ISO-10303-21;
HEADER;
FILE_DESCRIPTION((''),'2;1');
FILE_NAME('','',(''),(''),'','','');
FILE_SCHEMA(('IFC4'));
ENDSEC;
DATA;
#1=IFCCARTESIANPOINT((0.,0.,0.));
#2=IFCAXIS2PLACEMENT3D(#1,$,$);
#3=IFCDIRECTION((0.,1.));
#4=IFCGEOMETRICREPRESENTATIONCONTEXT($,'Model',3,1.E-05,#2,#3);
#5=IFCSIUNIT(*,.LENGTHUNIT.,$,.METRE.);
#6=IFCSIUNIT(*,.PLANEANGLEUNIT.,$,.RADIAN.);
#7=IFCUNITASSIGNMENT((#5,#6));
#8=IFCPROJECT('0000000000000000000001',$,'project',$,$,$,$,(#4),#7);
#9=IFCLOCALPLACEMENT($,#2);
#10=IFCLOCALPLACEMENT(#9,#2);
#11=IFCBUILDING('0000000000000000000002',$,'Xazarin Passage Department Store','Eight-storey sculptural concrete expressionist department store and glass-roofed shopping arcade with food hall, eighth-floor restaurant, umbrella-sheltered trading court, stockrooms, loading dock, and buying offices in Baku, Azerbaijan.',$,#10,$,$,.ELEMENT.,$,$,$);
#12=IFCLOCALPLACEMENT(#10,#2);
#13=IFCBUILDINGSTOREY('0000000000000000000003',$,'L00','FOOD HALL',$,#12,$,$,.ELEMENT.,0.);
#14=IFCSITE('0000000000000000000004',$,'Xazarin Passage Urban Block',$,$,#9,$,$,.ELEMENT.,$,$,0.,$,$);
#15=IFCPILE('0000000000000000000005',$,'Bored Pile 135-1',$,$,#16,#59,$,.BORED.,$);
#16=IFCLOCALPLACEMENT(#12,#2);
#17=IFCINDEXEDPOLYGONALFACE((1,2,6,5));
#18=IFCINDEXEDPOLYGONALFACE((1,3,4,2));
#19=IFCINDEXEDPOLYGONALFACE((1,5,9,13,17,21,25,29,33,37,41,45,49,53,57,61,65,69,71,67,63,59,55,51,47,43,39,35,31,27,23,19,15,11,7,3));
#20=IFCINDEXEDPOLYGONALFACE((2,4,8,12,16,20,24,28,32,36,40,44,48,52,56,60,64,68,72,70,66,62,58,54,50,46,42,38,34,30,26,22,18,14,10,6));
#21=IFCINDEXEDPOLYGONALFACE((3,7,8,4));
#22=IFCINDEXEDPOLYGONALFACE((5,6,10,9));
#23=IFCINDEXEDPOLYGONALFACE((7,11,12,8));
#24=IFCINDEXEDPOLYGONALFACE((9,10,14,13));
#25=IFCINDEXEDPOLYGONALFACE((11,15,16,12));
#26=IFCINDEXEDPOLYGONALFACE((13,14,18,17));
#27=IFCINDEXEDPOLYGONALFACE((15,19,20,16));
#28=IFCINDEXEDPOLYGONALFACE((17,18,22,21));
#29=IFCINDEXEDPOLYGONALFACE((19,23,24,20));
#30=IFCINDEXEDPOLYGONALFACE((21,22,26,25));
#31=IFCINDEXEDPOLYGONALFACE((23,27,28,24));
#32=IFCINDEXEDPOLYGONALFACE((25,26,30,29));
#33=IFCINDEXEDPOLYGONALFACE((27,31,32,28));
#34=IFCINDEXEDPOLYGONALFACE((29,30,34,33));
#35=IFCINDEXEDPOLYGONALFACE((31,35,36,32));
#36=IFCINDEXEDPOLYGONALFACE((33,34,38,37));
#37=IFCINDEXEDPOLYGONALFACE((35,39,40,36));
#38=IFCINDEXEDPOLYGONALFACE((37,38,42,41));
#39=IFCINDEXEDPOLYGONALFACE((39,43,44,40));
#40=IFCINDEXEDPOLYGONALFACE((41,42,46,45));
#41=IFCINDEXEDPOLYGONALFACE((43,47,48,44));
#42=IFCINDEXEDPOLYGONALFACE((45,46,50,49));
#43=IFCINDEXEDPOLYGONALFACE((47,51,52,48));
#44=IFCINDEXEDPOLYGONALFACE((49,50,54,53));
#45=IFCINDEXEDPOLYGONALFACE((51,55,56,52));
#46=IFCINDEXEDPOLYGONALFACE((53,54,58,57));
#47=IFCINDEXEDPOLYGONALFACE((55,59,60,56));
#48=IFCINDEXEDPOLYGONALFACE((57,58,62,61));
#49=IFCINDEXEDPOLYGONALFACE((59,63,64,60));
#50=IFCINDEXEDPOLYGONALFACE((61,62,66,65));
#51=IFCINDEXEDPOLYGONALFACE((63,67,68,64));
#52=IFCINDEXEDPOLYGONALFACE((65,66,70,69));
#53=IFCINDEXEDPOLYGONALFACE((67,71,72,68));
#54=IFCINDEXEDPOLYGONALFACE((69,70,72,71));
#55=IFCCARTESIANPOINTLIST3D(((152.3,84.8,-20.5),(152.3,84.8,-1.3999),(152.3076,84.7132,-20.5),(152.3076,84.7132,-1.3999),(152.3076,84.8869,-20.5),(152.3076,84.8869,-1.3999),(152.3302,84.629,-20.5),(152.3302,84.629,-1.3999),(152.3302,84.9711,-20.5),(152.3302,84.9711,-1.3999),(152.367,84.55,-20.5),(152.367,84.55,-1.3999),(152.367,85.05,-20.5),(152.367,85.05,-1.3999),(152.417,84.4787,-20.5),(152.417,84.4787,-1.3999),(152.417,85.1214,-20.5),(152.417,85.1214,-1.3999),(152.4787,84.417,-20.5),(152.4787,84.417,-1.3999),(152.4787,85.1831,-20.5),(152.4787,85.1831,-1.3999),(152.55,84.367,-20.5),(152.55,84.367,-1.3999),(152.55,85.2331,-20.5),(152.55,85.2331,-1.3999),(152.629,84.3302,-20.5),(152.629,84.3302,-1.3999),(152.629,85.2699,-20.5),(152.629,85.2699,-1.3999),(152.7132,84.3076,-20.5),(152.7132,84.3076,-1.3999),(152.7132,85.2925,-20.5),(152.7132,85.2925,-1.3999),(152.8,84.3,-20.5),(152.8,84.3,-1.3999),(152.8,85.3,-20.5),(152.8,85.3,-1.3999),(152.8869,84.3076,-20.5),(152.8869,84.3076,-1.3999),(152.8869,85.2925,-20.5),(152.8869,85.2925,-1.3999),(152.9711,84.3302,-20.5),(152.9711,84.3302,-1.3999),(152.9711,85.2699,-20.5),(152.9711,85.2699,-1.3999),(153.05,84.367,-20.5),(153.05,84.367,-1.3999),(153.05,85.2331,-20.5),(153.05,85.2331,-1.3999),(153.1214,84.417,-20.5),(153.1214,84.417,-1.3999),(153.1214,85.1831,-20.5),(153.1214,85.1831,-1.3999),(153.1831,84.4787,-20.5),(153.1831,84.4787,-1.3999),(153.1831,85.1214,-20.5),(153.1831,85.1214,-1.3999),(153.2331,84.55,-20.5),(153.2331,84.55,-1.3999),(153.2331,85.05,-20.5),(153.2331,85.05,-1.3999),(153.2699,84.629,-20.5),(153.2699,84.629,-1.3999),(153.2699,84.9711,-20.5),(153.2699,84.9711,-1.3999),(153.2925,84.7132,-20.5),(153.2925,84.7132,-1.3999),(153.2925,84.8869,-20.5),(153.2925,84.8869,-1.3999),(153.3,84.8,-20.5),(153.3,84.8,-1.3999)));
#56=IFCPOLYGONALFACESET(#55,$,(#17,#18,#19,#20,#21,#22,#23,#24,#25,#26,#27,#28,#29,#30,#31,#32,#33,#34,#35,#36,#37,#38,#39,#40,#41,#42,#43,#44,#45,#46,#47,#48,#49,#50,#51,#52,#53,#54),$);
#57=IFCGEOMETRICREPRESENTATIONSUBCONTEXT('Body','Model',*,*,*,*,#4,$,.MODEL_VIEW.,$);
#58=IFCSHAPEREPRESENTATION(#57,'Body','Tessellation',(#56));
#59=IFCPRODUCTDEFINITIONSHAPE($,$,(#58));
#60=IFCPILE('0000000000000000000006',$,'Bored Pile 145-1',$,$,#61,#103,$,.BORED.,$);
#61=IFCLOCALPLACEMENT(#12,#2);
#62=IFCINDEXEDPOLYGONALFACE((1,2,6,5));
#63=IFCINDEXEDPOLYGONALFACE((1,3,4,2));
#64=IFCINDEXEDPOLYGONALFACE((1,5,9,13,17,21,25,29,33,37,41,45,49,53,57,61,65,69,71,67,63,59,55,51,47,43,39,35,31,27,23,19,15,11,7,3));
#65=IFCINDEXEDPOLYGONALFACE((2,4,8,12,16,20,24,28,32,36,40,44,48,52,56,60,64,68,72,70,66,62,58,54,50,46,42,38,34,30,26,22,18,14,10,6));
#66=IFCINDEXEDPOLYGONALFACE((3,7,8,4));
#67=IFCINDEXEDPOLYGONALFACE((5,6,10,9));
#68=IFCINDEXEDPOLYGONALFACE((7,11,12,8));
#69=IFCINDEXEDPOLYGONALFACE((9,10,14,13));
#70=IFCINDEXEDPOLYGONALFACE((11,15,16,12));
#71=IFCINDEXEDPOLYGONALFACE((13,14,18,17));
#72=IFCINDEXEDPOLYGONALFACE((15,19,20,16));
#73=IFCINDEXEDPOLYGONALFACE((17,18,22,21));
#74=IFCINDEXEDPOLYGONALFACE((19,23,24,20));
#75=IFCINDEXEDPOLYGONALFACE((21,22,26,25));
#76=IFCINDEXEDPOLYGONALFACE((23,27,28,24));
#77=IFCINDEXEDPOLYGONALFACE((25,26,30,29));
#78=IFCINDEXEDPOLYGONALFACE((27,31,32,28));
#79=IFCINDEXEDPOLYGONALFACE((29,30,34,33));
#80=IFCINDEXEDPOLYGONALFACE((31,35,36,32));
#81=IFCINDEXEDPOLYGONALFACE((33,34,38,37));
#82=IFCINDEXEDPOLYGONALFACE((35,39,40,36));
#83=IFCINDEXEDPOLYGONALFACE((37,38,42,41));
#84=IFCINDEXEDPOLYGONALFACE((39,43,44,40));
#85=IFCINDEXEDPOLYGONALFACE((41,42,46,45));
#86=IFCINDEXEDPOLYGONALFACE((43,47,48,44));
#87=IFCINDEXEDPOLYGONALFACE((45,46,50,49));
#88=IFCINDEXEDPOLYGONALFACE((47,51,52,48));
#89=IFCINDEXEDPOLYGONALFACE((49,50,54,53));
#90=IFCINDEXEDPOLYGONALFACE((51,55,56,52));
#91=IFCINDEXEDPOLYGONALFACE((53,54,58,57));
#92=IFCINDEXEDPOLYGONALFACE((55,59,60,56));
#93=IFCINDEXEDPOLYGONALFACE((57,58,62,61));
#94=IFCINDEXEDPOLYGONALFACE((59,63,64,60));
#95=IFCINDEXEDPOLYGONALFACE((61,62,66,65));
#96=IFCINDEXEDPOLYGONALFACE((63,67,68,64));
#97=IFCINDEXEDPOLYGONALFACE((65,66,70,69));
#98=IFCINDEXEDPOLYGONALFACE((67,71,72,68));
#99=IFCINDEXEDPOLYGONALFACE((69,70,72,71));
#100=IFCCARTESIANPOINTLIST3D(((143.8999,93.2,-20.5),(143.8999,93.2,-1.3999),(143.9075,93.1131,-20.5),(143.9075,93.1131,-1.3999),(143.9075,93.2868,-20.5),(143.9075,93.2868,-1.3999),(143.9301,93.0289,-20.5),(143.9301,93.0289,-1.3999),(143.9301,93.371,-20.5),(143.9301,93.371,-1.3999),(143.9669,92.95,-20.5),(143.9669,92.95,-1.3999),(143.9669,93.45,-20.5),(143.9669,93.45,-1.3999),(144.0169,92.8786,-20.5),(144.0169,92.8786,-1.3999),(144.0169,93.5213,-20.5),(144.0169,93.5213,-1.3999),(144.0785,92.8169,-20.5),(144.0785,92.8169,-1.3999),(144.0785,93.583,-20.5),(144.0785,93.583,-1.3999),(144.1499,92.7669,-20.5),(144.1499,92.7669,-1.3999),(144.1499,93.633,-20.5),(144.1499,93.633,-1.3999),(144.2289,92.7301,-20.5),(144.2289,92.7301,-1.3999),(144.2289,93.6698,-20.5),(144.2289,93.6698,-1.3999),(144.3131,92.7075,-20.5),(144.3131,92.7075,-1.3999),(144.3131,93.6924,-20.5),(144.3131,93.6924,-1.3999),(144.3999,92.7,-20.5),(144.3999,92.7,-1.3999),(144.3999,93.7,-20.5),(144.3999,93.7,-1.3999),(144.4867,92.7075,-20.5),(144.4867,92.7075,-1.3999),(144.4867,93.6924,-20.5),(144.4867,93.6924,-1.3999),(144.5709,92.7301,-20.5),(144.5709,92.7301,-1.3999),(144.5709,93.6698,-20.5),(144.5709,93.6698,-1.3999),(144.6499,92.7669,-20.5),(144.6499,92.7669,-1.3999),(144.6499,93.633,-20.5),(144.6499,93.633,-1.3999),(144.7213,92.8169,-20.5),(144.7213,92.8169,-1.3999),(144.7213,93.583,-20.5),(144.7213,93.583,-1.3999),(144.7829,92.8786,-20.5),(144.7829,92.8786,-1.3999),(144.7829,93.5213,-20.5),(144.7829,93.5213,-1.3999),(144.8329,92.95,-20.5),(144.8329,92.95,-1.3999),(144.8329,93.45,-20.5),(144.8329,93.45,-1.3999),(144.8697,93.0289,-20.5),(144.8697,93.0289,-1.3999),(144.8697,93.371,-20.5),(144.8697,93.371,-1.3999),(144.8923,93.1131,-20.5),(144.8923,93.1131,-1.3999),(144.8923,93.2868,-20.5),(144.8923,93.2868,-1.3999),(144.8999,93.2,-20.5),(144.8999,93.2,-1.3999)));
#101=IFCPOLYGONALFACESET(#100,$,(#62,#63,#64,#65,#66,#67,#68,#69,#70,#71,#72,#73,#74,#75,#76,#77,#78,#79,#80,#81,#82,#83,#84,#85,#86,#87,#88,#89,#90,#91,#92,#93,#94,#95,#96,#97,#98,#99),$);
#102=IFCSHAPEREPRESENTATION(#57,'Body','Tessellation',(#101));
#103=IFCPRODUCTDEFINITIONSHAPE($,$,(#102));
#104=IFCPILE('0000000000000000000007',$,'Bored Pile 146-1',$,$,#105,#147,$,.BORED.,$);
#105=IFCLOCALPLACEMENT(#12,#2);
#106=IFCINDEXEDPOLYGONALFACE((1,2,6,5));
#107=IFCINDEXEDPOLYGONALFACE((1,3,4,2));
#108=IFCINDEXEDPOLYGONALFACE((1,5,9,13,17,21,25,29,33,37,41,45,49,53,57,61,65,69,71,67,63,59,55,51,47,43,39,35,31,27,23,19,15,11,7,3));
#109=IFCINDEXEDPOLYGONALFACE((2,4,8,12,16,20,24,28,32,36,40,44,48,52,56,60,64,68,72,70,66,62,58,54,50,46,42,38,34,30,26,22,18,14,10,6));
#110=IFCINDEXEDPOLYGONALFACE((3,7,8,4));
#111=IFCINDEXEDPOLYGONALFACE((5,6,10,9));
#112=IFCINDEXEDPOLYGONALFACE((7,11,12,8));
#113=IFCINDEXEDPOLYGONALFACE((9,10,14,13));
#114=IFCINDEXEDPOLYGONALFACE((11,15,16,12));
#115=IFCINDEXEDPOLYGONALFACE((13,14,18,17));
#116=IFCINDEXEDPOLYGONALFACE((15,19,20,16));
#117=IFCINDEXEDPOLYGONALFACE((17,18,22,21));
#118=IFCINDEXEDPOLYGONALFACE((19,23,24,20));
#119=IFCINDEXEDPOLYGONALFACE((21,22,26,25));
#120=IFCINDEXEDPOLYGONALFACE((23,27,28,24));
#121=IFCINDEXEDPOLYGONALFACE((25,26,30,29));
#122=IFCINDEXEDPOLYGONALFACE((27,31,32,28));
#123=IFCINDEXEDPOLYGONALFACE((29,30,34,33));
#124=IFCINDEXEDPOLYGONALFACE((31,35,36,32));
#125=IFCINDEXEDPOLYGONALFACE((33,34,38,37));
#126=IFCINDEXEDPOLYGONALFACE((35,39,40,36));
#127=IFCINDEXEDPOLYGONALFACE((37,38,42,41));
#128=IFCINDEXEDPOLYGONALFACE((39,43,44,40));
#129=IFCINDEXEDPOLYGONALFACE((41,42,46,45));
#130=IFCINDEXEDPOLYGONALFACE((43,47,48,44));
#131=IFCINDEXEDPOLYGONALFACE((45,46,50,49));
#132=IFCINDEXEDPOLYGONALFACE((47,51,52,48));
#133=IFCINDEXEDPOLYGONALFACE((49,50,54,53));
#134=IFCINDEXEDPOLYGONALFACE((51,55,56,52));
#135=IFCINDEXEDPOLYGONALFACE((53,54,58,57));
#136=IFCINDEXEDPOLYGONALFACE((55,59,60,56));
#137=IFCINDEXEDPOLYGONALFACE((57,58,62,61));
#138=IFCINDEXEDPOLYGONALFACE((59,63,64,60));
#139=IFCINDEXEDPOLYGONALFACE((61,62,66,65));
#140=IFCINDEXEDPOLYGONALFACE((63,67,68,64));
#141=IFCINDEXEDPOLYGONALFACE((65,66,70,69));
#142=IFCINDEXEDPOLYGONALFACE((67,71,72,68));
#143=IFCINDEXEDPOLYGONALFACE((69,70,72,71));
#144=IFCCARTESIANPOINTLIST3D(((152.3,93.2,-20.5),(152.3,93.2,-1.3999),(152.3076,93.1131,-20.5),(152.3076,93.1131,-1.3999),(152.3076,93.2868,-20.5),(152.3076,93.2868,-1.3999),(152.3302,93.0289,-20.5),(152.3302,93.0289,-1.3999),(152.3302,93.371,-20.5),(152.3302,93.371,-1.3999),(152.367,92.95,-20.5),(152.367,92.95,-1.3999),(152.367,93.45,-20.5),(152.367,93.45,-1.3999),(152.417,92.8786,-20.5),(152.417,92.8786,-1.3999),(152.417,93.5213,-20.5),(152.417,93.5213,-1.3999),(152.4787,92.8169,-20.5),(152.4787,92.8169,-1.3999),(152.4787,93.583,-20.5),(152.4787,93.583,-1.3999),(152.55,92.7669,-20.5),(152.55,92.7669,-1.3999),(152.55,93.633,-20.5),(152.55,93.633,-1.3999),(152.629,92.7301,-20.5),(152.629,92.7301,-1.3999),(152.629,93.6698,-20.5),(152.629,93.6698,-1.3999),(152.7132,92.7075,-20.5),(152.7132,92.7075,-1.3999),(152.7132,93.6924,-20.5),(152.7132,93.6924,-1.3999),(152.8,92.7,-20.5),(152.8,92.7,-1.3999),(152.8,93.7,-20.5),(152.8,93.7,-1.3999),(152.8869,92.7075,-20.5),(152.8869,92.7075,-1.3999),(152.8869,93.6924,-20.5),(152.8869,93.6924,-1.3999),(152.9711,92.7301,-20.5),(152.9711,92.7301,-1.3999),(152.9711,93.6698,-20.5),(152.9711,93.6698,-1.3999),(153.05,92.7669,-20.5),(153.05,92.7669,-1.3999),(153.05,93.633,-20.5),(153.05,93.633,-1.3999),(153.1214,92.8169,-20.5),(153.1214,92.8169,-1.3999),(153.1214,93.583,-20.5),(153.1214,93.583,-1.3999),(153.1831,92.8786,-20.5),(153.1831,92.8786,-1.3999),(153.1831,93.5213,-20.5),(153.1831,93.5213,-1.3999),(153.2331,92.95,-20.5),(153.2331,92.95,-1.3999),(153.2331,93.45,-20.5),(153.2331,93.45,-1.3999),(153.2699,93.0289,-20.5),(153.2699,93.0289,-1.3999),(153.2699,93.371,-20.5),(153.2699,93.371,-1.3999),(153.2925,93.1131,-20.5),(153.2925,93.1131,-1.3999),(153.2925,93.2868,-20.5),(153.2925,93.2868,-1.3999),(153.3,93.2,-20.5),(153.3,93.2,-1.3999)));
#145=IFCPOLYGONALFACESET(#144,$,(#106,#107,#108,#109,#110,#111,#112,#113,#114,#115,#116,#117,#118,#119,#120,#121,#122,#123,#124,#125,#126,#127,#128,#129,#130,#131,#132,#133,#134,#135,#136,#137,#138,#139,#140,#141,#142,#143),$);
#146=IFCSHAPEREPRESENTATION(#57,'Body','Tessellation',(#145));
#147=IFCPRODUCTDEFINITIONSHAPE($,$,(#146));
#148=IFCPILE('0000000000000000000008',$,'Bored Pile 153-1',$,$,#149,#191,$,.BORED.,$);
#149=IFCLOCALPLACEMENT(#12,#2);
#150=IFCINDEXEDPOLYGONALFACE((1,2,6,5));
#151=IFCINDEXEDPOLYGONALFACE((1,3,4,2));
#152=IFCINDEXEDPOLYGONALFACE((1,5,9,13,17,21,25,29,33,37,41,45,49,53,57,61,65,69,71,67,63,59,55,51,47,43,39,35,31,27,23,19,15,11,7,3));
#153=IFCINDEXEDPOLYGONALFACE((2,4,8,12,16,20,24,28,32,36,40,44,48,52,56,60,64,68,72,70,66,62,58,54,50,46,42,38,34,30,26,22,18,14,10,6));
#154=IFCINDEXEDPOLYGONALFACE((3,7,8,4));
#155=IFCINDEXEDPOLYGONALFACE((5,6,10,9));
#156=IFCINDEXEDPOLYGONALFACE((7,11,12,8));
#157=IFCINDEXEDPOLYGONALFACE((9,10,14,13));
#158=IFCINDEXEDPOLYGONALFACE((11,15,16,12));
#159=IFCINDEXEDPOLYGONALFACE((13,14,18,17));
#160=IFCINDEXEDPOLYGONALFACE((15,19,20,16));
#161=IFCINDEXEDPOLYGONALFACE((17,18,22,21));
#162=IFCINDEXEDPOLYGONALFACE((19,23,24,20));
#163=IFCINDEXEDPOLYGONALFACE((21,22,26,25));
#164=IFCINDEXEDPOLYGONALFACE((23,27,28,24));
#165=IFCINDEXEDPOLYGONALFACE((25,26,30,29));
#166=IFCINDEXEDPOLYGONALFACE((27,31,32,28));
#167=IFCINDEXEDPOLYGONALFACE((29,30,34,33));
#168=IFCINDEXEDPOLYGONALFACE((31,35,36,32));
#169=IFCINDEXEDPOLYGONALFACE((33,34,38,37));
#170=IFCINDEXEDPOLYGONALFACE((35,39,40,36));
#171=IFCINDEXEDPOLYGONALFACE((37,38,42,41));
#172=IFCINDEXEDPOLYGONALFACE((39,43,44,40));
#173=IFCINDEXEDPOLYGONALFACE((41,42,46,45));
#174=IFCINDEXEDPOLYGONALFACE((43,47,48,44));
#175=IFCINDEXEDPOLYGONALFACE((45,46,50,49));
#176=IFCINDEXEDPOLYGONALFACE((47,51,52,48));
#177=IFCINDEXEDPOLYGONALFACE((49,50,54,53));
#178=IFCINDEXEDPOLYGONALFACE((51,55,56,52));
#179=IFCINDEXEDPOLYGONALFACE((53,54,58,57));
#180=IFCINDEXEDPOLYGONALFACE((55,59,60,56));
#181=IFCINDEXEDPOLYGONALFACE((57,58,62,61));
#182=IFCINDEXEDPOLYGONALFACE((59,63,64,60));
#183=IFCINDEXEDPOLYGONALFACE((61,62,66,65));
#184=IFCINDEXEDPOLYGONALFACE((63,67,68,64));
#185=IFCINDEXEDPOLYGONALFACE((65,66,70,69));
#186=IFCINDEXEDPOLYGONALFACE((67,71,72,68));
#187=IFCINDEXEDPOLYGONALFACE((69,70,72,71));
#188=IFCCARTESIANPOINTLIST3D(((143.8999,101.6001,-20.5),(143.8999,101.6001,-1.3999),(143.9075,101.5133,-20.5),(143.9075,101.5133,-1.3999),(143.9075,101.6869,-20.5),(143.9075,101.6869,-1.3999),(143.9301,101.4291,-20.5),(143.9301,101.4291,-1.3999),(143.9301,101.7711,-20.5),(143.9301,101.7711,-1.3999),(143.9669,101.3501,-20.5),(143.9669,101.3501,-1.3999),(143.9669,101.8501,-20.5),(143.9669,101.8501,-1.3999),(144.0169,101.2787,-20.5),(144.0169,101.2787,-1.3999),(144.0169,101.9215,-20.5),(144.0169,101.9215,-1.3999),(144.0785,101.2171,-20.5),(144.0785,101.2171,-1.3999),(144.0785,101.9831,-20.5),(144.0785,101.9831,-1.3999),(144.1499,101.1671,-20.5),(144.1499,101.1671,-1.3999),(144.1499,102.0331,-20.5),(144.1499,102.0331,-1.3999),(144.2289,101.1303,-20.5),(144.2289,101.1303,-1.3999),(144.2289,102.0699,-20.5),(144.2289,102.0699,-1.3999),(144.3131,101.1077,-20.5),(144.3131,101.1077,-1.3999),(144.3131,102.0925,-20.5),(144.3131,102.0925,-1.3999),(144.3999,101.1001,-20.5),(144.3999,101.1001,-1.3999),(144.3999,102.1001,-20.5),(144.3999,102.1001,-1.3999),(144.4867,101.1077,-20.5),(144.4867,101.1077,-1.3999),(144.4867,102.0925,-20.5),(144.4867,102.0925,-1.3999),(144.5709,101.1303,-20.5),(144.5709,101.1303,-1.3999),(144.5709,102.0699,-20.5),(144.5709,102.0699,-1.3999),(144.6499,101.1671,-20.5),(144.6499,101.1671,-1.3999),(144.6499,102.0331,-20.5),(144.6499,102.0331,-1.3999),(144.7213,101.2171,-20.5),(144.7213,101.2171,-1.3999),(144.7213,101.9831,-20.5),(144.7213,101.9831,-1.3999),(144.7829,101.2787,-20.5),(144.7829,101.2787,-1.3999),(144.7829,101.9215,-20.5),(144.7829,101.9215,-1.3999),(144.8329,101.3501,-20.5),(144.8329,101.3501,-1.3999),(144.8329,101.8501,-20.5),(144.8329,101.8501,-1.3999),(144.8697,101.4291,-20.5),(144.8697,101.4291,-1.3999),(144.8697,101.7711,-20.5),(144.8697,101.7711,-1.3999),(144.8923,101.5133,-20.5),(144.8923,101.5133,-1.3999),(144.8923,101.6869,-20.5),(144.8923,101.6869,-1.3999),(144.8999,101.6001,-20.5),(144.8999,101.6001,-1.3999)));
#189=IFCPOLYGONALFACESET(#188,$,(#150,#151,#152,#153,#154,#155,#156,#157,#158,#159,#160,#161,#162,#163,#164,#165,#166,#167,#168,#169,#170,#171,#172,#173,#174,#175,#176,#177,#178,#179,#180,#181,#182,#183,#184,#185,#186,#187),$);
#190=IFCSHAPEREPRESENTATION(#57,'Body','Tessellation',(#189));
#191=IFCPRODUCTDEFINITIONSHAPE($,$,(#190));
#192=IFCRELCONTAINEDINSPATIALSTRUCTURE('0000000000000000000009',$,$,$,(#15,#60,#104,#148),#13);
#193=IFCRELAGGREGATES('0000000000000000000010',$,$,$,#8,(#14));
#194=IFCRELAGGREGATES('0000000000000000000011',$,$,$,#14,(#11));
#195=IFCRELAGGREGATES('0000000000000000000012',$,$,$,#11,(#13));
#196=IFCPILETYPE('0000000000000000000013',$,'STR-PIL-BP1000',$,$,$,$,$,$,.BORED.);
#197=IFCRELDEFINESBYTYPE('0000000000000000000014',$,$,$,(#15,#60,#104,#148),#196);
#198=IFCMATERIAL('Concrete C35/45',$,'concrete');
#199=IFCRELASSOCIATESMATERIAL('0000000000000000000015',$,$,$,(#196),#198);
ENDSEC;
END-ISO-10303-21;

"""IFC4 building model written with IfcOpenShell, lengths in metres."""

from ifc_helpers import new_model, si_unit, direction, frame, origin, origin_2d, place, context, subcontext, project, spatial, circle, extrude, material, material_profile, profile_set, type_object, element, save


model = new_model("IFC4")

# Units and contexts
model_context = context("Model", 3, precision=1e-05, world=origin(), true_north=direction((0.0, 1.0)))
body_context = subcontext(model_context, "Body", "Model", "MODEL_VIEW")
ifc_project = project(units=[si_unit("LENGTHUNIT", "METRE"), si_unit("PLANEANGLEUNIT", "RADIAN")], contexts=[model_context])

# Site, building, storey
site_placement = place(None, origin())
site = spatial("IfcSite", under=ifc_project, at=site_placement, Name="Xazarin Passage Urban Block", CompositionType="ELEMENT", RefElevation=0.0)
building_placement = place(site_placement, origin())
building = spatial("IfcBuilding", under=site, at=building_placement, Name="Xazarin Passage Department Store", Description="Eight-storey sculptural concrete expressionist department store and glass-roofed shopping arcade with food hall, eighth-floor restaurant, umbrella-sheltered trading court, stockrooms, loading dock, and buying offices in Baku, Azerbaijan.", CompositionType="ELEMENT")
storey_placement = place(building_placement, origin())
storey = spatial("IfcBuildingStorey", under=building, at=storey_placement, Name="L00", Description="FOOD HALL", CompositionType="ELEMENT", Elevation=0.0)

# Shared definitions
ifc_material_1 = material(Name="Concrete C35/45", Category="concrete")

# Piles
ifc_material_profile_1 = material_profile(ifc_material_1, circle(Radius=0.5, at=origin_2d()), Name="BP 1000")
ifc_profile_set_1 = profile_set([ifc_material_profile_1], Name="Concrete C35/45")
pile_type_1 = type_object("IfcPileType", Name="STR-PIL-BP1000", PredefinedType="BORED", material=ifc_profile_set_1)
for number, where, z_axis, x_axis, name in (
    (1, (152.8, 84.8, -1.3999), (0.0, 0.0, -1.0), (1.0, 0.0, 0.0), "Bored Pile 135-1"),
    (2, (144.3999, 93.2, -1.3999), (0.0, 0.0, -1.0), (1.0, 0.0, 0.0), "Bored Pile 145-1"),
    (3, (152.8, 93.2, -1.3999), (0.0, 0.0, -1.0), (1.0, 0.0, 0.0), "Bored Pile 146-1"),
    (4, (144.3999, 101.6001, -1.3999), (0.0, 0.0, -1.0), (1.0, 0.0, 0.0), "Bored Pile 153-1"),
):
    element("IfcPile", number, at=place(storey_placement, frame(where, z_axis=z_axis, x_axis=x_axis)), inside=storey, type_object=pile_type_1, Name=name, PredefinedType="BORED", context=body_context, shape_type="SweptSolid", body=[
        extrude(circle(Radius=0.5, at=origin_2d()), origin(), (0.0, 0.0, 1.0), 19.1001),
    ])

save(model, "model.ifc")
